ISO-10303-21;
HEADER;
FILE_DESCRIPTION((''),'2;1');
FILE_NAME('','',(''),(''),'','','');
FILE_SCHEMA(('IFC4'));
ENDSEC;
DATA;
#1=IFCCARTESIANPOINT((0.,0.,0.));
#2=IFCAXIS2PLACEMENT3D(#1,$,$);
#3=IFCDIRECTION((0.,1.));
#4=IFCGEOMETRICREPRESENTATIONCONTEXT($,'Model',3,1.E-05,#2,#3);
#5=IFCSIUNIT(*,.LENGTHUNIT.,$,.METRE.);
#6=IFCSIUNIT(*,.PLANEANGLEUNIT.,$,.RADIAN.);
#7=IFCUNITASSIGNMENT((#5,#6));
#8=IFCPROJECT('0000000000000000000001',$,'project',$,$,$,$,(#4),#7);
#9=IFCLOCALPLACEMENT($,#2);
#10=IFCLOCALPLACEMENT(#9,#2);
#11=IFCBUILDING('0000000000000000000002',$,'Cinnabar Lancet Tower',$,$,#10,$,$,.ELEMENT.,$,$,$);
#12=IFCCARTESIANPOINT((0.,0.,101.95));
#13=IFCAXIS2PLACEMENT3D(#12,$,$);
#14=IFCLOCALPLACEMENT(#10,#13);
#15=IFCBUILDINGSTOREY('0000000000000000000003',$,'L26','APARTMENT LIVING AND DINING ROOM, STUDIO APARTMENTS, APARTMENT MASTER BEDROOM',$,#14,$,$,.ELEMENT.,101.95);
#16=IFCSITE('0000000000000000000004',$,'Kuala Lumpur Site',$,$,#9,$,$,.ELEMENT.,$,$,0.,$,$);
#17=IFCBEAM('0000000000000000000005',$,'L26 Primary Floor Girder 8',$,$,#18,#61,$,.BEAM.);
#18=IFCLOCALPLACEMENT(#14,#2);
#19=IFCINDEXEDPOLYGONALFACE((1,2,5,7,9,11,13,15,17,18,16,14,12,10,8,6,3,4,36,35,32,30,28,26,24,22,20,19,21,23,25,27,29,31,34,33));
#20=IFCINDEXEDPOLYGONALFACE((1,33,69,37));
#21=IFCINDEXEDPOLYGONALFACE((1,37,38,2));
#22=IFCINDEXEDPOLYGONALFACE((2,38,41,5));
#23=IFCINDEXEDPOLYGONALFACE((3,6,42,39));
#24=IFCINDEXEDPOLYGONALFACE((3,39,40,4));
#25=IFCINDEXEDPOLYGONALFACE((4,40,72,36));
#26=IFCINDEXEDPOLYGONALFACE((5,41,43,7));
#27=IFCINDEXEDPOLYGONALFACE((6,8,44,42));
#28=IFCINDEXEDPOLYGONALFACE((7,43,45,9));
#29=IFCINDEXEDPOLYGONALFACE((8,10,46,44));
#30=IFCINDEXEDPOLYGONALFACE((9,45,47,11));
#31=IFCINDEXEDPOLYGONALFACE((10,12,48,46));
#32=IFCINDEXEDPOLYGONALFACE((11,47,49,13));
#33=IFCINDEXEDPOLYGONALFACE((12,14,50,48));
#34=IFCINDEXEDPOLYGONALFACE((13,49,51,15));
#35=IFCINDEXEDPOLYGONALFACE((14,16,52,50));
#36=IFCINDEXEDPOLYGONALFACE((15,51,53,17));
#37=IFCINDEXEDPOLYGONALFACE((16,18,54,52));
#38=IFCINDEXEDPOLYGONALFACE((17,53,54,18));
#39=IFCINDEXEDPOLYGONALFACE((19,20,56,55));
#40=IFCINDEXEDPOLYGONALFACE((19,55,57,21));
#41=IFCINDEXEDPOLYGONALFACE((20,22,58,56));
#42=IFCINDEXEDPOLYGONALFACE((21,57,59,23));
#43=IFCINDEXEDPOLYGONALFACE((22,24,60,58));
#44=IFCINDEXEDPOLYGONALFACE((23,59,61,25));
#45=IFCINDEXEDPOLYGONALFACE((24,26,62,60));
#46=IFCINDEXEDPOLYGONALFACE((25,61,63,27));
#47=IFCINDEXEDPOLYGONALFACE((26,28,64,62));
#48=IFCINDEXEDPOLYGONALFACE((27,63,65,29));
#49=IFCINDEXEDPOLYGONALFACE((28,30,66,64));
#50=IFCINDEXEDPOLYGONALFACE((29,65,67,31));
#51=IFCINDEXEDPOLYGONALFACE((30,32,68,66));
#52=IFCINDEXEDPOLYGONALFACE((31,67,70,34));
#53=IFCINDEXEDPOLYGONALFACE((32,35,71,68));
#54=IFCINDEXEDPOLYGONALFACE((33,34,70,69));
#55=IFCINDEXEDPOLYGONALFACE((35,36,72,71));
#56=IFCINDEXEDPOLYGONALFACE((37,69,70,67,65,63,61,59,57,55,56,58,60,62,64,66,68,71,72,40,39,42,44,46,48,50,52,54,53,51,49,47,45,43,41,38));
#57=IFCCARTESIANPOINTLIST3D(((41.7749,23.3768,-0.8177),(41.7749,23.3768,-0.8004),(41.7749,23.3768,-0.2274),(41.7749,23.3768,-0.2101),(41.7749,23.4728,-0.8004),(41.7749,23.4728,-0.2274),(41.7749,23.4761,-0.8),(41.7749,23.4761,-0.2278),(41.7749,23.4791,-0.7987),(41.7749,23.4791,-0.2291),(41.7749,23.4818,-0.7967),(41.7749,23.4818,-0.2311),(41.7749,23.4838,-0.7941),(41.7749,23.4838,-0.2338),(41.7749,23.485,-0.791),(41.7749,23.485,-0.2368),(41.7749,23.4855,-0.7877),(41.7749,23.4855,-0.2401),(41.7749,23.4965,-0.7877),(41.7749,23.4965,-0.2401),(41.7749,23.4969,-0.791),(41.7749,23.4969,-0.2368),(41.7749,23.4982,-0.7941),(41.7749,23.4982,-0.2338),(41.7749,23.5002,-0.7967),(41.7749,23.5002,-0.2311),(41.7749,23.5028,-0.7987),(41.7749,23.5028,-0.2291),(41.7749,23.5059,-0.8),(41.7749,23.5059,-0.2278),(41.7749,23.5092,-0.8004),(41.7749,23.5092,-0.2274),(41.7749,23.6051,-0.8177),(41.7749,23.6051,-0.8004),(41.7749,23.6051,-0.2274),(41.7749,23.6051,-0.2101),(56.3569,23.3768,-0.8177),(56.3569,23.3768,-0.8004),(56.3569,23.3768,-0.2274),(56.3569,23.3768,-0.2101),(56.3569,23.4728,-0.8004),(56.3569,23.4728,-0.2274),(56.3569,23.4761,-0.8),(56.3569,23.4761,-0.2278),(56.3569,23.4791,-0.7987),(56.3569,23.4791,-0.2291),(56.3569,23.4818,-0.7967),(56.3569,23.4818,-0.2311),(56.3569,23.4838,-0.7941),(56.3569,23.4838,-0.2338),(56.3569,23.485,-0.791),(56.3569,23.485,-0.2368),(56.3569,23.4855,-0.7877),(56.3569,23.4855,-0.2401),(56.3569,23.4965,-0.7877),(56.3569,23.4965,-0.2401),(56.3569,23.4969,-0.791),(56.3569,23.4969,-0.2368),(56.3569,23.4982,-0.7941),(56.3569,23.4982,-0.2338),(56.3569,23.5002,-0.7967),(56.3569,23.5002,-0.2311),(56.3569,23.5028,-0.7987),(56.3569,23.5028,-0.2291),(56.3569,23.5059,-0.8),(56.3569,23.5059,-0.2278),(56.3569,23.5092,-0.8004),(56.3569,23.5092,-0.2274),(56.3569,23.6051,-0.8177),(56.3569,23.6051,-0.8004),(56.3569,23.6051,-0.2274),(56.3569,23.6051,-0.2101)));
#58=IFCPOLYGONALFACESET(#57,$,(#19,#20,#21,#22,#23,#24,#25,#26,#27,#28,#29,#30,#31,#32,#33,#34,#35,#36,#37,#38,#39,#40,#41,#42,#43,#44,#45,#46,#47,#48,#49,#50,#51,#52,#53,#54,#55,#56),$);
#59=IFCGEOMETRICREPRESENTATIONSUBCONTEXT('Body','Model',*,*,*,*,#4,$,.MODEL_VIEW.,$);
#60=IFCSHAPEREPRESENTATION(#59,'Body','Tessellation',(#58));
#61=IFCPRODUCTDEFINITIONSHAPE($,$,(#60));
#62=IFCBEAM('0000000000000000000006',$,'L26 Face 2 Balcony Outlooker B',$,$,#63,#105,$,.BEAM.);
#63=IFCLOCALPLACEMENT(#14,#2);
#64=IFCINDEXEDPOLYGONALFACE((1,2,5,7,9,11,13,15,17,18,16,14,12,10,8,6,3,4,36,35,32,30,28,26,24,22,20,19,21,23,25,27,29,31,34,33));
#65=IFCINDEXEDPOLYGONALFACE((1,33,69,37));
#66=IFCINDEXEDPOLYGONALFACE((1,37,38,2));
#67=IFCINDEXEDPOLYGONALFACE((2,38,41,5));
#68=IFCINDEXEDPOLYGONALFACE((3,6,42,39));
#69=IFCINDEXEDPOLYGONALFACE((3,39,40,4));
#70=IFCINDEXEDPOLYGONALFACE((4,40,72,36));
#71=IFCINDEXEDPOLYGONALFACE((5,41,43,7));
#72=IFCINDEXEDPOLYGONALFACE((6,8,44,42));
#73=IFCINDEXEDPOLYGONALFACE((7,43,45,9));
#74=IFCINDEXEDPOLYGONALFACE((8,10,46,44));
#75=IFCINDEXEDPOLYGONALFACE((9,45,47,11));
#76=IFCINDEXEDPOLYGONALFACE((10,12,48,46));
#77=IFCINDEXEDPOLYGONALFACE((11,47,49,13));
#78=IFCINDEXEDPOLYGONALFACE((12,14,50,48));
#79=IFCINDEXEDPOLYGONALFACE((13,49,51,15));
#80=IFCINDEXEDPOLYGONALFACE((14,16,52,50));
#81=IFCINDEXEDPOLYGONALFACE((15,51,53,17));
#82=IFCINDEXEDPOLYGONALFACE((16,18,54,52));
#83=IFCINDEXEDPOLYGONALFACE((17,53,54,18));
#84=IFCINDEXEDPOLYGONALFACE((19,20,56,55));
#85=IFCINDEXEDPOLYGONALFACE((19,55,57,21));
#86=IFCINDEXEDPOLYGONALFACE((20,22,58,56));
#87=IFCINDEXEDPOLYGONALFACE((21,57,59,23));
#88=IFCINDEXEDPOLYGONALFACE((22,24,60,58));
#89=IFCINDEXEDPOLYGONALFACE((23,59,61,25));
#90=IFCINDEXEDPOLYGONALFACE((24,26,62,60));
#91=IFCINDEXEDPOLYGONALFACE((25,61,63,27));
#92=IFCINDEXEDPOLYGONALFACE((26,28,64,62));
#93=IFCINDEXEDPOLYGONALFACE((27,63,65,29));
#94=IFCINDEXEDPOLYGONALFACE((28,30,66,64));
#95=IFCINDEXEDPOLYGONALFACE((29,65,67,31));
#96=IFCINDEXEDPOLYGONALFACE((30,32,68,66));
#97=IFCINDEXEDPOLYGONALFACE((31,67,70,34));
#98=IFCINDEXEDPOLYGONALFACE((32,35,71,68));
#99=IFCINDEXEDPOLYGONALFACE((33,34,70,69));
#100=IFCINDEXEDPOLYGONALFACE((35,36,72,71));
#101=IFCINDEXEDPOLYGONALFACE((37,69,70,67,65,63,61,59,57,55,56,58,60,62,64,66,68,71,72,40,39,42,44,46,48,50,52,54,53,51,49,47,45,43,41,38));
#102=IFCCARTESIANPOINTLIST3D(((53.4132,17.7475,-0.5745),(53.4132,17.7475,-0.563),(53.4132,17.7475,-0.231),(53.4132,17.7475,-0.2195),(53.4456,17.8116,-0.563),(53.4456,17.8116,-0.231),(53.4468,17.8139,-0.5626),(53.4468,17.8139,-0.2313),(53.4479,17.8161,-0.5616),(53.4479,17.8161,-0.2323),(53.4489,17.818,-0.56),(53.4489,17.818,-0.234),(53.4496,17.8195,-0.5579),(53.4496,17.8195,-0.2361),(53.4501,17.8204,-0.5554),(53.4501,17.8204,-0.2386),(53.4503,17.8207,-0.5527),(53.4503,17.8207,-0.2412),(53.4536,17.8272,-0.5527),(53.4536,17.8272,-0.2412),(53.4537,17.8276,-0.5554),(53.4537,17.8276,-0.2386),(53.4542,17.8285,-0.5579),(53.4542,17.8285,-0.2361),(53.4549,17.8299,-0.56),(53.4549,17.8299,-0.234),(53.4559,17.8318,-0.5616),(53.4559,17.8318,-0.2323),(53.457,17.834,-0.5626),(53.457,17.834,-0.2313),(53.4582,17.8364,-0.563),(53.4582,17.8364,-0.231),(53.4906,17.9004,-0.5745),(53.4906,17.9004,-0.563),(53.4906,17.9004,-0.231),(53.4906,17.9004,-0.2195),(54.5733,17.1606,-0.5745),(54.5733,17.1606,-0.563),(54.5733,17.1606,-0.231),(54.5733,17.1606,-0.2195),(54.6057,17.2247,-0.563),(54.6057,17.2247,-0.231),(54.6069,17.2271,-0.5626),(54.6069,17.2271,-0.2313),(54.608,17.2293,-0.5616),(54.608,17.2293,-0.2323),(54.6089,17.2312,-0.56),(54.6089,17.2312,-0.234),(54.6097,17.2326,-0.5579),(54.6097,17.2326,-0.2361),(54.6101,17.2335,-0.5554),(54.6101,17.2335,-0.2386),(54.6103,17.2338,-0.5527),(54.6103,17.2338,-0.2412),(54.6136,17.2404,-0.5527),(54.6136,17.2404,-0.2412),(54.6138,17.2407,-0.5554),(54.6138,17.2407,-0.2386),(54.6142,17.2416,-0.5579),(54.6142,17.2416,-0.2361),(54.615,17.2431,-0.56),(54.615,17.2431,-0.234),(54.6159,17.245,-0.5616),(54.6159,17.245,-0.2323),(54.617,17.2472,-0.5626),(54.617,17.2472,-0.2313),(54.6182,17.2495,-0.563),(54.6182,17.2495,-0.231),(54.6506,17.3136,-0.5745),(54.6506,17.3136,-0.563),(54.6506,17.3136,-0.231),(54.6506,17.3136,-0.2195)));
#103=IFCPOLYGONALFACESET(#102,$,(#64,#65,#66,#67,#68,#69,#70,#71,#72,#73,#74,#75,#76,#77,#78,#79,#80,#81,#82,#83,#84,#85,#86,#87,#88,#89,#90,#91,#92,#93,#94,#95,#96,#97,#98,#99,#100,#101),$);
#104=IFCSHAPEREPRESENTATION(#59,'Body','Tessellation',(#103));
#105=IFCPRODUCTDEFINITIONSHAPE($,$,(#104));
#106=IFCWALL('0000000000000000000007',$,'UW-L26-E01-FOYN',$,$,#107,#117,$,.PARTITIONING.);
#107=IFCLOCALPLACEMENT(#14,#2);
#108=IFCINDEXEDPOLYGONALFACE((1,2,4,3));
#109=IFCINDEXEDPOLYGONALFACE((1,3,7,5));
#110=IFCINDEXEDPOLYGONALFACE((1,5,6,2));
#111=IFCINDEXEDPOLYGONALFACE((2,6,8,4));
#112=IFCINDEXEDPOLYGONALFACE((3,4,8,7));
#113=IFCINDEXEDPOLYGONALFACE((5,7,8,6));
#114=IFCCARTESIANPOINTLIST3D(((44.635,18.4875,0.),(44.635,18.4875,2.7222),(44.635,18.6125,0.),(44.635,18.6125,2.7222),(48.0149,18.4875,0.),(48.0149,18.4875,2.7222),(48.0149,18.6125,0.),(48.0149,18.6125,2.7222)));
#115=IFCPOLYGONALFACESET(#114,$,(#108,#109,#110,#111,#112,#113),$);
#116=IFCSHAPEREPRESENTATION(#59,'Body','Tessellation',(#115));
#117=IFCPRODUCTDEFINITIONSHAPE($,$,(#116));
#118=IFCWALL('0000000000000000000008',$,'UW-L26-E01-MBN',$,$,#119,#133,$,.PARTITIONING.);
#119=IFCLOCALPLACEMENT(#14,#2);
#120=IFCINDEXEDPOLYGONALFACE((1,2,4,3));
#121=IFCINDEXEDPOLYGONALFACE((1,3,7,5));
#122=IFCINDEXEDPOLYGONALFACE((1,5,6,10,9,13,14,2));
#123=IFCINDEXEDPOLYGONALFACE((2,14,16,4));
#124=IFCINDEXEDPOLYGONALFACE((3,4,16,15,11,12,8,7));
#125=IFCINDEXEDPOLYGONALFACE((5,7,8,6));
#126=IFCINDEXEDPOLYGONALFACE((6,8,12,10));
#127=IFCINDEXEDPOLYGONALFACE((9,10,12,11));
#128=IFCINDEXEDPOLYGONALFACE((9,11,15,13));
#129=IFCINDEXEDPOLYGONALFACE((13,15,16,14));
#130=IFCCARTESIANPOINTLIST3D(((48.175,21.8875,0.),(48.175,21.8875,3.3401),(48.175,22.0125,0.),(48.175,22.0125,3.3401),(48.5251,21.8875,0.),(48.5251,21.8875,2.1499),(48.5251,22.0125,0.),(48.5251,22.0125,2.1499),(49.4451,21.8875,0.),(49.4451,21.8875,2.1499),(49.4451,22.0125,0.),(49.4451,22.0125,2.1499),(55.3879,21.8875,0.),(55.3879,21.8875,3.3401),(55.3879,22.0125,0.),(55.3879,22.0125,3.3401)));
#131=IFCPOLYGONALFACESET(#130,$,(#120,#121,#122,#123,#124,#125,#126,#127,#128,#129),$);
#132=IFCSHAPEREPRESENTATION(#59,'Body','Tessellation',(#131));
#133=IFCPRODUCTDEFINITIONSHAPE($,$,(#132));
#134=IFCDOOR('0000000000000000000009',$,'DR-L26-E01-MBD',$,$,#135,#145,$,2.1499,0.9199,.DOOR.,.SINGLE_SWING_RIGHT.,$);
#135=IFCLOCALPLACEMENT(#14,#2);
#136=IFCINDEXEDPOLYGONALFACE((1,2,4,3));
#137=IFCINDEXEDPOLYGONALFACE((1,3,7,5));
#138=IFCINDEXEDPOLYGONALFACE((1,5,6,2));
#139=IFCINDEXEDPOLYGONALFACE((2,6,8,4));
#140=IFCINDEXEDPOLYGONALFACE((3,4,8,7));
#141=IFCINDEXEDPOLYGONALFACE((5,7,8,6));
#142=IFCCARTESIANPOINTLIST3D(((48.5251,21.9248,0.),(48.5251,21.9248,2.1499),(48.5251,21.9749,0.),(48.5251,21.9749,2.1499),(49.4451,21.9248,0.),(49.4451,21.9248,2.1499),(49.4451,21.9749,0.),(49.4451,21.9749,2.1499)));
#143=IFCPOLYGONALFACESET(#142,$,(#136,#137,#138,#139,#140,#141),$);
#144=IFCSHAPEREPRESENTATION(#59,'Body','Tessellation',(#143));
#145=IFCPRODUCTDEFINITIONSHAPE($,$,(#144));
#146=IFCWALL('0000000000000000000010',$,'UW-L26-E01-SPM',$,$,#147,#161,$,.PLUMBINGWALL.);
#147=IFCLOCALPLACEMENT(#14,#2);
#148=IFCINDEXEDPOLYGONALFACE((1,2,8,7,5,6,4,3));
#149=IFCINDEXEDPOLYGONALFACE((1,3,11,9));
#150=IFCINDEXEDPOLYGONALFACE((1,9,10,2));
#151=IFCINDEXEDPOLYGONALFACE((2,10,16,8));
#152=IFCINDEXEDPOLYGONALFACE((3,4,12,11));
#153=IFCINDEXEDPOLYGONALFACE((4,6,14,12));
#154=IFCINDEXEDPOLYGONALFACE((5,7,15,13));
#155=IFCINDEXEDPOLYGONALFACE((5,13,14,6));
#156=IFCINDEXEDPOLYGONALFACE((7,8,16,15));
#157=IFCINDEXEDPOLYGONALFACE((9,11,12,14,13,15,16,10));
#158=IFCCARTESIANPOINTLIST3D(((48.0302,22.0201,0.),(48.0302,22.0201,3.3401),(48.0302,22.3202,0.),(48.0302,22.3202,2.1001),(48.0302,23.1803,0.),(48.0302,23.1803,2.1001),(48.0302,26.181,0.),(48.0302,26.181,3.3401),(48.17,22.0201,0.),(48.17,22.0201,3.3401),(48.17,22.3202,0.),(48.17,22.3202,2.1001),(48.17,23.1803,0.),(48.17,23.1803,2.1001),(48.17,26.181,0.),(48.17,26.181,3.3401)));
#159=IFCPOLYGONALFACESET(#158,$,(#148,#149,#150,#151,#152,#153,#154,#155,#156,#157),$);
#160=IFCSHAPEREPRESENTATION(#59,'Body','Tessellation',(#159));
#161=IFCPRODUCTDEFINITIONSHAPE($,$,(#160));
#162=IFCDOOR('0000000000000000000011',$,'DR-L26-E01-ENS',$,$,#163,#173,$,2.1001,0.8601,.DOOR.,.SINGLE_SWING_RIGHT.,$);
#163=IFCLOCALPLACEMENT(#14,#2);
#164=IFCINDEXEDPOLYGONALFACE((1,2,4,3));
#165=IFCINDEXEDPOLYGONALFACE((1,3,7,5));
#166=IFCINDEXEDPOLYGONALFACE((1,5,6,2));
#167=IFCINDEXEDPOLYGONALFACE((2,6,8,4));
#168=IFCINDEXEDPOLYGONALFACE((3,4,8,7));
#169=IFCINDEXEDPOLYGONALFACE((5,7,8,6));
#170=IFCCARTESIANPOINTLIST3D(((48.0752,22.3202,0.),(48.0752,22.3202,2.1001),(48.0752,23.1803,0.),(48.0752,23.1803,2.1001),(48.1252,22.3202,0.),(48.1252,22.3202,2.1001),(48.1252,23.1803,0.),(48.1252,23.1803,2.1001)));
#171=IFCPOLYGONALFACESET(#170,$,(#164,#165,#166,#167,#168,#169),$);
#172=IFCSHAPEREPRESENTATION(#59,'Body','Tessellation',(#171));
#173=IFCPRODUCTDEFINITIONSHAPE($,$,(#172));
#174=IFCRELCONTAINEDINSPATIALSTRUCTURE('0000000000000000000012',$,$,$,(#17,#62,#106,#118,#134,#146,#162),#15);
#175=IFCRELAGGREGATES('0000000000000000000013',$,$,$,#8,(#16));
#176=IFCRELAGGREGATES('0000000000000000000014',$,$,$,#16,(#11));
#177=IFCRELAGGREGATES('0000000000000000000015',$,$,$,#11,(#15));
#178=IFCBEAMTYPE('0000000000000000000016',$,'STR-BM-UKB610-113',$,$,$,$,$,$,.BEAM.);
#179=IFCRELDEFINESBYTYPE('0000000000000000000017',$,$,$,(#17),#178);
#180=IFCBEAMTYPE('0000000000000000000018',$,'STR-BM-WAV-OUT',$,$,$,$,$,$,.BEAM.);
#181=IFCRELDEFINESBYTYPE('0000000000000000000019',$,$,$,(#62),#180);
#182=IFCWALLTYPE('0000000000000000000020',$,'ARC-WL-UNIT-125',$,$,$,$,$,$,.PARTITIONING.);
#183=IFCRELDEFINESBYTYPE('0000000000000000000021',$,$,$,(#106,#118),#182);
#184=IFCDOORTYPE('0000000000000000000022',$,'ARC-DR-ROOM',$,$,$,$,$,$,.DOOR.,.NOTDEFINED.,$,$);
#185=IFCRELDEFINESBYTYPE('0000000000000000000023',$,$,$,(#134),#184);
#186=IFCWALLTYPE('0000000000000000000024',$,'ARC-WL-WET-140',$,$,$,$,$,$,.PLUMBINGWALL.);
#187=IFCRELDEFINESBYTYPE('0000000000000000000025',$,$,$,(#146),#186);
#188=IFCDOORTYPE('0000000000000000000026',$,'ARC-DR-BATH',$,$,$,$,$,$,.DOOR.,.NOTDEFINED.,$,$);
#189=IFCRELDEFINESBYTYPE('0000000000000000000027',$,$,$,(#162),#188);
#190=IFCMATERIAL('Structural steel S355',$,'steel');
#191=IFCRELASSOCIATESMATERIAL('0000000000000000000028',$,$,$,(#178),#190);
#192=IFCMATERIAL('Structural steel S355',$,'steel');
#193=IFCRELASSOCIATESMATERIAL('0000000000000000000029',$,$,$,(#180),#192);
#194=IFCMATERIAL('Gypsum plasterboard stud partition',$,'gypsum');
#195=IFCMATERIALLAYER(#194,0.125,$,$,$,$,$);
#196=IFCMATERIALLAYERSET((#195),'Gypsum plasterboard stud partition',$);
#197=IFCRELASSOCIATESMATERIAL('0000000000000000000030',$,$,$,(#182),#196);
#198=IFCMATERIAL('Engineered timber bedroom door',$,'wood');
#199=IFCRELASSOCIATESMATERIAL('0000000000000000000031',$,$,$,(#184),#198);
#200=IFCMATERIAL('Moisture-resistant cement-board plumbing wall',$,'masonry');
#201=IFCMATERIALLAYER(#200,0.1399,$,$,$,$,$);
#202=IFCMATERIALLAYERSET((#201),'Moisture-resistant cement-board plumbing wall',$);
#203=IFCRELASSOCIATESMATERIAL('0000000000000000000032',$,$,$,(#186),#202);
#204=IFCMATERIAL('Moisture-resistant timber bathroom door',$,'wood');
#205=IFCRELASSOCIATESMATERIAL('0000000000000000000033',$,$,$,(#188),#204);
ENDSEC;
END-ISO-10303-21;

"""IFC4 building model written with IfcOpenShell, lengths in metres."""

from ifc_helpers import new_model, si_unit, direction, frame, frame_2d, origin, origin_2d, place, context, subcontext, project, spatial, rectangle, i_section, extrude, material, layer, layer_set, material_profile, profile_set, type_object, element, fill, save


model = new_model("IFC4")

# Units and contexts
model_context = context("Model", 3, precision=1e-05, world=origin(), true_north=direction((0.0, 1.0)))
body_context = subcontext(model_context, "Body", "Model", "MODEL_VIEW")
ifc_project = project(units=[si_unit("LENGTHUNIT", "METRE"), si_unit("PLANEANGLEUNIT", "RADIAN")], contexts=[model_context])

# Site, building, storey
site_placement = place(None, origin())
site = spatial("IfcSite", under=ifc_project, at=site_placement, Name="Kuala Lumpur Site", CompositionType="ELEMENT", RefElevation=0.0)
building_placement = place(site_placement, origin())
building = spatial("IfcBuilding", under=site, at=building_placement, Name="Cinnabar Lancet Tower", CompositionType="ELEMENT")
storey_placement = place(building_placement, frame((0.0, 0.0, 101.95)))
storey = spatial("IfcBuildingStorey", under=building, at=storey_placement, Name="L26", Description="APARTMENT LIVING AND DINING ROOM, STUDIO APARTMENTS, APARTMENT MASTER BEDROOM", CompositionType="ELEMENT", Elevation=101.95)

# Beams
ifc_material_1 = material(Name="Structural steel S355", Category="steel")
ifc_material_profile_1 = material_profile(ifc_material_1, i_section(OverallWidth=0.2283, OverallDepth=0.6077, WebThickness=0.011, FlangeThickness=0.0173, FilletRadius=0.0127, at=origin_2d()), Name="UKB 610x229x113")
ifc_profile_set_1 = profile_set([ifc_material_profile_1], Name="Structural steel S355")
beam_type_1 = type_object("IfcBeamType", Name="STR-BM-UKB610-113", PredefinedType="BEAM", material=ifc_profile_set_1)
beam_1_placement = place(storey_placement, frame((56.3569, 23.491, -0.5139), z_axis=(-1.0, 0.0, 0.0), x_axis=(0.0, -1.0, 0.0)))
element("IfcBeam", 1, at=beam_1_placement, inside=storey, type_object=beam_type_1, Name="L26 Primary Floor Girder 8", PredefinedType="BEAM", context=body_context, shape_type="SweptSolid", body=[
    extrude(i_section(OverallWidth=0.2283, OverallDepth=0.6077, WebThickness=0.011, FlangeThickness=0.0173, FilletRadius=0.0127, at=origin_2d()), origin(), (0.0, 0.0, 1.0), 14.582),
])
ifc_material_2 = material(Name="Structural steel S355", Category="steel")
ifc_material_profile_2 = material_profile(ifc_material_2, i_section(OverallWidth=0.1714, OverallDepth=0.355, WebThickness=0.0073, FlangeThickness=0.0115, FilletRadius=0.0103, at=origin_2d()), Name="UKB 356x171x51")
ifc_profile_set_2 = profile_set([ifc_material_profile_2], Name="Structural steel S355")
beam_type_2 = type_object("IfcBeamType", Name="STR-BM-WAV-OUT", PredefinedType="BEAM", material=ifc_profile_set_2)
beam_2_placement = place(storey_placement, frame((53.4519, 17.824, -0.397), z_axis=(0.892314, -0.451415, 0.0), x_axis=(0.451415, 0.892314, 0.0)))
element("IfcBeam", 2, at=beam_2_placement, inside=storey, type_object=beam_type_2, Name="L26 Face 2 Balcony Outlooker B", PredefinedType="BEAM", context=body_context, shape_type="SweptSolid", body=[
    extrude(i_section(OverallWidth=0.1714, OverallDepth=0.355, WebThickness=0.0073, FlangeThickness=0.0115, FilletRadius=0.0103, at=origin_2d()), origin(), (0.0, 0.0, 1.0), 1.3),
])

# Wall
ifc_material_3 = material(Name="Gypsum plasterboard stud partition", Category="gypsum")
ifc_layer_1 = layer(ifc_material_3, 0.125)
ifc_layer_set_1 = layer_set([ifc_layer_1], Name="Gypsum plasterboard stud partition")
wall_type_1 = type_object("IfcWallType", Name="ARC-WL-UNIT-125", PredefinedType="PARTITIONING", material=ifc_layer_set_1)
wall_1_placement = place(storey_placement, frame((44.635, 18.55, 0.0), z_axis=(0.0, 0.0, 1.0), x_axis=(1.0, 0.0, 0.0)))
element("IfcWall", 3, at=wall_1_placement, inside=storey, type_object=wall_type_1, Name="UW-L26-E01-FOYN", PredefinedType="PARTITIONING", context=body_context, shape_type="SweptSolid", body=[
    extrude(rectangle(XDim=3.3799, YDim=0.125, at=frame_2d((1.6899, 0.0))), origin(), (0.0, 0.0, 1.0), 2.7222),
])

# Wall, opening, door
wall_2_placement = place(storey_placement, frame((48.175, 21.95, 0.0), z_axis=(0.0, 0.0, 1.0), x_axis=(1.0, 0.0, 0.0)))
wall_2 = element("IfcWall", 4, at=wall_2_placement, inside=storey, type_object=wall_type_1, Name="UW-L26-E01-MBN", PredefinedType="PARTITIONING", context=body_context, shape_type="SweptSolid", body=[
    extrude(rectangle(XDim=7.2129, YDim=0.125, at=frame_2d((3.6064, 0.0))), origin(), (0.0, 0.0, 1.0), 3.3401),
])
opening_1_placement = place(wall_2_placement, frame((0.3501, 0.0, 0.0)))
opening_1 = element("IfcOpeningElement", 5, at=opening_1_placement, cuts=wall_2, PredefinedType="OPENING", context=body_context, shape_type="SweptSolid", body=[
    extrude(rectangle(XDim=0.9199, YDim=2.1499, at=frame_2d((0.46, 1.075))), frame((0.0, 0.0725, 0.0), z_axis=(0.0, -1.0, 0.0), x_axis=(1.0, 0.0, 0.0)), (0.0, 0.0, 1.0), 0.145),
])
ifc_material_4 = material(Name="Engineered timber bedroom door", Category="wood")
door_type_1 = type_object("IfcDoorType", Name="ARC-DR-ROOM", OperationType="NOTDEFINED", PredefinedType="DOOR", material=ifc_material_4)
door_1_placement = place(opening_1_placement, origin())
door_1 = element("IfcDoor", 6, at=door_1_placement, inside=storey, type_object=door_type_1, Name="DR-L26-E01-MBD", OperationType="SINGLE_SWING_RIGHT", OverallHeight=2.1499, OverallWidth=0.9199, PredefinedType="DOOR", context=body_context, shape_type="SweptSolid", body=[
    extrude(rectangle(XDim=0.9199, YDim=2.1499, at=frame_2d((0.46, 1.075))), frame((0.0, 0.0249, 0.0), z_axis=(0.0, -1.0, 0.0), x_axis=(1.0, 0.0, 0.0)), (0.0, 0.0, 1.0), 0.05),
])
fill(opening_1, door_1)

# Shared definitions
ifc_material_5 = material(Name="Moisture-resistant cement-board plumbing wall", Category="masonry")
ifc_layer_2 = layer(ifc_material_5, 0.1399)
ifc_layer_set_2 = layer_set([ifc_layer_2], Name="Moisture-resistant cement-board plumbing wall")
wall_type_2 = type_object("IfcWallType", Name="ARC-WL-WET-140", PredefinedType="PLUMBINGWALL", material=ifc_layer_set_2)
ifc_material_6 = material(Name="Moisture-resistant timber bathroom door", Category="wood")
door_type_2 = type_object("IfcDoorType", Name="ARC-DR-BATH", OperationType="NOTDEFINED", PredefinedType="DOOR", material=ifc_material_6)

# Wall, opening, door
wall_3_placement = place(storey_placement, frame((48.1001, 22.02, 0.0), z_axis=(0.0, 0.0, 1.0), x_axis=(0.0, 1.0, 0.0)))
wall_3 = element("IfcWall", 7, at=wall_3_placement, inside=storey, type_object=wall_type_2, Name="UW-L26-E01-SPM", PredefinedType="PLUMBINGWALL", context=body_context, shape_type="SweptSolid", body=[
    extrude(rectangle(XDim=4.1609, YDim=0.1399, at=frame_2d((2.0806, 0.0))), origin(), (0.0, 0.0, 1.0), 3.3401),
])
opening_2_placement = place(wall_3_placement, frame((0.3, 0.0, 0.0)))
opening_2 = element("IfcOpeningElement", 8, at=opening_2_placement, cuts=wall_3, PredefinedType="OPENING", context=body_context, shape_type="SweptSolid", body=[
    extrude(rectangle(XDim=0.8601, YDim=2.1001, at=frame_2d((0.4302, 1.05))), frame((0.0, 0.0798, 0.0), z_axis=(0.0, -1.0, 0.0), x_axis=(1.0, 0.0, 0.0)), (0.0, 0.0, 1.0), 0.1599),
])
door_2_placement = place(opening_2_placement, origin())
door_2 = element("IfcDoor", 9, at=door_2_placement, inside=storey, type_object=door_type_2, Name="DR-L26-E01-ENS", OperationType="SINGLE_SWING_RIGHT", OverallHeight=2.1001, OverallWidth=0.8601, PredefinedType="DOOR", context=body_context, shape_type="SweptSolid", body=[
    extrude(rectangle(XDim=0.8601, YDim=2.1001, at=frame_2d((0.4302, 1.05))), frame((0.0, 0.0249, 0.0), z_axis=(0.0, -1.0, 0.0), x_axis=(1.0, 0.0, 0.0)), (0.0, 0.0, 1.0), 0.05),
])
fill(opening_2, door_2)

save(model, "model.ifc")
